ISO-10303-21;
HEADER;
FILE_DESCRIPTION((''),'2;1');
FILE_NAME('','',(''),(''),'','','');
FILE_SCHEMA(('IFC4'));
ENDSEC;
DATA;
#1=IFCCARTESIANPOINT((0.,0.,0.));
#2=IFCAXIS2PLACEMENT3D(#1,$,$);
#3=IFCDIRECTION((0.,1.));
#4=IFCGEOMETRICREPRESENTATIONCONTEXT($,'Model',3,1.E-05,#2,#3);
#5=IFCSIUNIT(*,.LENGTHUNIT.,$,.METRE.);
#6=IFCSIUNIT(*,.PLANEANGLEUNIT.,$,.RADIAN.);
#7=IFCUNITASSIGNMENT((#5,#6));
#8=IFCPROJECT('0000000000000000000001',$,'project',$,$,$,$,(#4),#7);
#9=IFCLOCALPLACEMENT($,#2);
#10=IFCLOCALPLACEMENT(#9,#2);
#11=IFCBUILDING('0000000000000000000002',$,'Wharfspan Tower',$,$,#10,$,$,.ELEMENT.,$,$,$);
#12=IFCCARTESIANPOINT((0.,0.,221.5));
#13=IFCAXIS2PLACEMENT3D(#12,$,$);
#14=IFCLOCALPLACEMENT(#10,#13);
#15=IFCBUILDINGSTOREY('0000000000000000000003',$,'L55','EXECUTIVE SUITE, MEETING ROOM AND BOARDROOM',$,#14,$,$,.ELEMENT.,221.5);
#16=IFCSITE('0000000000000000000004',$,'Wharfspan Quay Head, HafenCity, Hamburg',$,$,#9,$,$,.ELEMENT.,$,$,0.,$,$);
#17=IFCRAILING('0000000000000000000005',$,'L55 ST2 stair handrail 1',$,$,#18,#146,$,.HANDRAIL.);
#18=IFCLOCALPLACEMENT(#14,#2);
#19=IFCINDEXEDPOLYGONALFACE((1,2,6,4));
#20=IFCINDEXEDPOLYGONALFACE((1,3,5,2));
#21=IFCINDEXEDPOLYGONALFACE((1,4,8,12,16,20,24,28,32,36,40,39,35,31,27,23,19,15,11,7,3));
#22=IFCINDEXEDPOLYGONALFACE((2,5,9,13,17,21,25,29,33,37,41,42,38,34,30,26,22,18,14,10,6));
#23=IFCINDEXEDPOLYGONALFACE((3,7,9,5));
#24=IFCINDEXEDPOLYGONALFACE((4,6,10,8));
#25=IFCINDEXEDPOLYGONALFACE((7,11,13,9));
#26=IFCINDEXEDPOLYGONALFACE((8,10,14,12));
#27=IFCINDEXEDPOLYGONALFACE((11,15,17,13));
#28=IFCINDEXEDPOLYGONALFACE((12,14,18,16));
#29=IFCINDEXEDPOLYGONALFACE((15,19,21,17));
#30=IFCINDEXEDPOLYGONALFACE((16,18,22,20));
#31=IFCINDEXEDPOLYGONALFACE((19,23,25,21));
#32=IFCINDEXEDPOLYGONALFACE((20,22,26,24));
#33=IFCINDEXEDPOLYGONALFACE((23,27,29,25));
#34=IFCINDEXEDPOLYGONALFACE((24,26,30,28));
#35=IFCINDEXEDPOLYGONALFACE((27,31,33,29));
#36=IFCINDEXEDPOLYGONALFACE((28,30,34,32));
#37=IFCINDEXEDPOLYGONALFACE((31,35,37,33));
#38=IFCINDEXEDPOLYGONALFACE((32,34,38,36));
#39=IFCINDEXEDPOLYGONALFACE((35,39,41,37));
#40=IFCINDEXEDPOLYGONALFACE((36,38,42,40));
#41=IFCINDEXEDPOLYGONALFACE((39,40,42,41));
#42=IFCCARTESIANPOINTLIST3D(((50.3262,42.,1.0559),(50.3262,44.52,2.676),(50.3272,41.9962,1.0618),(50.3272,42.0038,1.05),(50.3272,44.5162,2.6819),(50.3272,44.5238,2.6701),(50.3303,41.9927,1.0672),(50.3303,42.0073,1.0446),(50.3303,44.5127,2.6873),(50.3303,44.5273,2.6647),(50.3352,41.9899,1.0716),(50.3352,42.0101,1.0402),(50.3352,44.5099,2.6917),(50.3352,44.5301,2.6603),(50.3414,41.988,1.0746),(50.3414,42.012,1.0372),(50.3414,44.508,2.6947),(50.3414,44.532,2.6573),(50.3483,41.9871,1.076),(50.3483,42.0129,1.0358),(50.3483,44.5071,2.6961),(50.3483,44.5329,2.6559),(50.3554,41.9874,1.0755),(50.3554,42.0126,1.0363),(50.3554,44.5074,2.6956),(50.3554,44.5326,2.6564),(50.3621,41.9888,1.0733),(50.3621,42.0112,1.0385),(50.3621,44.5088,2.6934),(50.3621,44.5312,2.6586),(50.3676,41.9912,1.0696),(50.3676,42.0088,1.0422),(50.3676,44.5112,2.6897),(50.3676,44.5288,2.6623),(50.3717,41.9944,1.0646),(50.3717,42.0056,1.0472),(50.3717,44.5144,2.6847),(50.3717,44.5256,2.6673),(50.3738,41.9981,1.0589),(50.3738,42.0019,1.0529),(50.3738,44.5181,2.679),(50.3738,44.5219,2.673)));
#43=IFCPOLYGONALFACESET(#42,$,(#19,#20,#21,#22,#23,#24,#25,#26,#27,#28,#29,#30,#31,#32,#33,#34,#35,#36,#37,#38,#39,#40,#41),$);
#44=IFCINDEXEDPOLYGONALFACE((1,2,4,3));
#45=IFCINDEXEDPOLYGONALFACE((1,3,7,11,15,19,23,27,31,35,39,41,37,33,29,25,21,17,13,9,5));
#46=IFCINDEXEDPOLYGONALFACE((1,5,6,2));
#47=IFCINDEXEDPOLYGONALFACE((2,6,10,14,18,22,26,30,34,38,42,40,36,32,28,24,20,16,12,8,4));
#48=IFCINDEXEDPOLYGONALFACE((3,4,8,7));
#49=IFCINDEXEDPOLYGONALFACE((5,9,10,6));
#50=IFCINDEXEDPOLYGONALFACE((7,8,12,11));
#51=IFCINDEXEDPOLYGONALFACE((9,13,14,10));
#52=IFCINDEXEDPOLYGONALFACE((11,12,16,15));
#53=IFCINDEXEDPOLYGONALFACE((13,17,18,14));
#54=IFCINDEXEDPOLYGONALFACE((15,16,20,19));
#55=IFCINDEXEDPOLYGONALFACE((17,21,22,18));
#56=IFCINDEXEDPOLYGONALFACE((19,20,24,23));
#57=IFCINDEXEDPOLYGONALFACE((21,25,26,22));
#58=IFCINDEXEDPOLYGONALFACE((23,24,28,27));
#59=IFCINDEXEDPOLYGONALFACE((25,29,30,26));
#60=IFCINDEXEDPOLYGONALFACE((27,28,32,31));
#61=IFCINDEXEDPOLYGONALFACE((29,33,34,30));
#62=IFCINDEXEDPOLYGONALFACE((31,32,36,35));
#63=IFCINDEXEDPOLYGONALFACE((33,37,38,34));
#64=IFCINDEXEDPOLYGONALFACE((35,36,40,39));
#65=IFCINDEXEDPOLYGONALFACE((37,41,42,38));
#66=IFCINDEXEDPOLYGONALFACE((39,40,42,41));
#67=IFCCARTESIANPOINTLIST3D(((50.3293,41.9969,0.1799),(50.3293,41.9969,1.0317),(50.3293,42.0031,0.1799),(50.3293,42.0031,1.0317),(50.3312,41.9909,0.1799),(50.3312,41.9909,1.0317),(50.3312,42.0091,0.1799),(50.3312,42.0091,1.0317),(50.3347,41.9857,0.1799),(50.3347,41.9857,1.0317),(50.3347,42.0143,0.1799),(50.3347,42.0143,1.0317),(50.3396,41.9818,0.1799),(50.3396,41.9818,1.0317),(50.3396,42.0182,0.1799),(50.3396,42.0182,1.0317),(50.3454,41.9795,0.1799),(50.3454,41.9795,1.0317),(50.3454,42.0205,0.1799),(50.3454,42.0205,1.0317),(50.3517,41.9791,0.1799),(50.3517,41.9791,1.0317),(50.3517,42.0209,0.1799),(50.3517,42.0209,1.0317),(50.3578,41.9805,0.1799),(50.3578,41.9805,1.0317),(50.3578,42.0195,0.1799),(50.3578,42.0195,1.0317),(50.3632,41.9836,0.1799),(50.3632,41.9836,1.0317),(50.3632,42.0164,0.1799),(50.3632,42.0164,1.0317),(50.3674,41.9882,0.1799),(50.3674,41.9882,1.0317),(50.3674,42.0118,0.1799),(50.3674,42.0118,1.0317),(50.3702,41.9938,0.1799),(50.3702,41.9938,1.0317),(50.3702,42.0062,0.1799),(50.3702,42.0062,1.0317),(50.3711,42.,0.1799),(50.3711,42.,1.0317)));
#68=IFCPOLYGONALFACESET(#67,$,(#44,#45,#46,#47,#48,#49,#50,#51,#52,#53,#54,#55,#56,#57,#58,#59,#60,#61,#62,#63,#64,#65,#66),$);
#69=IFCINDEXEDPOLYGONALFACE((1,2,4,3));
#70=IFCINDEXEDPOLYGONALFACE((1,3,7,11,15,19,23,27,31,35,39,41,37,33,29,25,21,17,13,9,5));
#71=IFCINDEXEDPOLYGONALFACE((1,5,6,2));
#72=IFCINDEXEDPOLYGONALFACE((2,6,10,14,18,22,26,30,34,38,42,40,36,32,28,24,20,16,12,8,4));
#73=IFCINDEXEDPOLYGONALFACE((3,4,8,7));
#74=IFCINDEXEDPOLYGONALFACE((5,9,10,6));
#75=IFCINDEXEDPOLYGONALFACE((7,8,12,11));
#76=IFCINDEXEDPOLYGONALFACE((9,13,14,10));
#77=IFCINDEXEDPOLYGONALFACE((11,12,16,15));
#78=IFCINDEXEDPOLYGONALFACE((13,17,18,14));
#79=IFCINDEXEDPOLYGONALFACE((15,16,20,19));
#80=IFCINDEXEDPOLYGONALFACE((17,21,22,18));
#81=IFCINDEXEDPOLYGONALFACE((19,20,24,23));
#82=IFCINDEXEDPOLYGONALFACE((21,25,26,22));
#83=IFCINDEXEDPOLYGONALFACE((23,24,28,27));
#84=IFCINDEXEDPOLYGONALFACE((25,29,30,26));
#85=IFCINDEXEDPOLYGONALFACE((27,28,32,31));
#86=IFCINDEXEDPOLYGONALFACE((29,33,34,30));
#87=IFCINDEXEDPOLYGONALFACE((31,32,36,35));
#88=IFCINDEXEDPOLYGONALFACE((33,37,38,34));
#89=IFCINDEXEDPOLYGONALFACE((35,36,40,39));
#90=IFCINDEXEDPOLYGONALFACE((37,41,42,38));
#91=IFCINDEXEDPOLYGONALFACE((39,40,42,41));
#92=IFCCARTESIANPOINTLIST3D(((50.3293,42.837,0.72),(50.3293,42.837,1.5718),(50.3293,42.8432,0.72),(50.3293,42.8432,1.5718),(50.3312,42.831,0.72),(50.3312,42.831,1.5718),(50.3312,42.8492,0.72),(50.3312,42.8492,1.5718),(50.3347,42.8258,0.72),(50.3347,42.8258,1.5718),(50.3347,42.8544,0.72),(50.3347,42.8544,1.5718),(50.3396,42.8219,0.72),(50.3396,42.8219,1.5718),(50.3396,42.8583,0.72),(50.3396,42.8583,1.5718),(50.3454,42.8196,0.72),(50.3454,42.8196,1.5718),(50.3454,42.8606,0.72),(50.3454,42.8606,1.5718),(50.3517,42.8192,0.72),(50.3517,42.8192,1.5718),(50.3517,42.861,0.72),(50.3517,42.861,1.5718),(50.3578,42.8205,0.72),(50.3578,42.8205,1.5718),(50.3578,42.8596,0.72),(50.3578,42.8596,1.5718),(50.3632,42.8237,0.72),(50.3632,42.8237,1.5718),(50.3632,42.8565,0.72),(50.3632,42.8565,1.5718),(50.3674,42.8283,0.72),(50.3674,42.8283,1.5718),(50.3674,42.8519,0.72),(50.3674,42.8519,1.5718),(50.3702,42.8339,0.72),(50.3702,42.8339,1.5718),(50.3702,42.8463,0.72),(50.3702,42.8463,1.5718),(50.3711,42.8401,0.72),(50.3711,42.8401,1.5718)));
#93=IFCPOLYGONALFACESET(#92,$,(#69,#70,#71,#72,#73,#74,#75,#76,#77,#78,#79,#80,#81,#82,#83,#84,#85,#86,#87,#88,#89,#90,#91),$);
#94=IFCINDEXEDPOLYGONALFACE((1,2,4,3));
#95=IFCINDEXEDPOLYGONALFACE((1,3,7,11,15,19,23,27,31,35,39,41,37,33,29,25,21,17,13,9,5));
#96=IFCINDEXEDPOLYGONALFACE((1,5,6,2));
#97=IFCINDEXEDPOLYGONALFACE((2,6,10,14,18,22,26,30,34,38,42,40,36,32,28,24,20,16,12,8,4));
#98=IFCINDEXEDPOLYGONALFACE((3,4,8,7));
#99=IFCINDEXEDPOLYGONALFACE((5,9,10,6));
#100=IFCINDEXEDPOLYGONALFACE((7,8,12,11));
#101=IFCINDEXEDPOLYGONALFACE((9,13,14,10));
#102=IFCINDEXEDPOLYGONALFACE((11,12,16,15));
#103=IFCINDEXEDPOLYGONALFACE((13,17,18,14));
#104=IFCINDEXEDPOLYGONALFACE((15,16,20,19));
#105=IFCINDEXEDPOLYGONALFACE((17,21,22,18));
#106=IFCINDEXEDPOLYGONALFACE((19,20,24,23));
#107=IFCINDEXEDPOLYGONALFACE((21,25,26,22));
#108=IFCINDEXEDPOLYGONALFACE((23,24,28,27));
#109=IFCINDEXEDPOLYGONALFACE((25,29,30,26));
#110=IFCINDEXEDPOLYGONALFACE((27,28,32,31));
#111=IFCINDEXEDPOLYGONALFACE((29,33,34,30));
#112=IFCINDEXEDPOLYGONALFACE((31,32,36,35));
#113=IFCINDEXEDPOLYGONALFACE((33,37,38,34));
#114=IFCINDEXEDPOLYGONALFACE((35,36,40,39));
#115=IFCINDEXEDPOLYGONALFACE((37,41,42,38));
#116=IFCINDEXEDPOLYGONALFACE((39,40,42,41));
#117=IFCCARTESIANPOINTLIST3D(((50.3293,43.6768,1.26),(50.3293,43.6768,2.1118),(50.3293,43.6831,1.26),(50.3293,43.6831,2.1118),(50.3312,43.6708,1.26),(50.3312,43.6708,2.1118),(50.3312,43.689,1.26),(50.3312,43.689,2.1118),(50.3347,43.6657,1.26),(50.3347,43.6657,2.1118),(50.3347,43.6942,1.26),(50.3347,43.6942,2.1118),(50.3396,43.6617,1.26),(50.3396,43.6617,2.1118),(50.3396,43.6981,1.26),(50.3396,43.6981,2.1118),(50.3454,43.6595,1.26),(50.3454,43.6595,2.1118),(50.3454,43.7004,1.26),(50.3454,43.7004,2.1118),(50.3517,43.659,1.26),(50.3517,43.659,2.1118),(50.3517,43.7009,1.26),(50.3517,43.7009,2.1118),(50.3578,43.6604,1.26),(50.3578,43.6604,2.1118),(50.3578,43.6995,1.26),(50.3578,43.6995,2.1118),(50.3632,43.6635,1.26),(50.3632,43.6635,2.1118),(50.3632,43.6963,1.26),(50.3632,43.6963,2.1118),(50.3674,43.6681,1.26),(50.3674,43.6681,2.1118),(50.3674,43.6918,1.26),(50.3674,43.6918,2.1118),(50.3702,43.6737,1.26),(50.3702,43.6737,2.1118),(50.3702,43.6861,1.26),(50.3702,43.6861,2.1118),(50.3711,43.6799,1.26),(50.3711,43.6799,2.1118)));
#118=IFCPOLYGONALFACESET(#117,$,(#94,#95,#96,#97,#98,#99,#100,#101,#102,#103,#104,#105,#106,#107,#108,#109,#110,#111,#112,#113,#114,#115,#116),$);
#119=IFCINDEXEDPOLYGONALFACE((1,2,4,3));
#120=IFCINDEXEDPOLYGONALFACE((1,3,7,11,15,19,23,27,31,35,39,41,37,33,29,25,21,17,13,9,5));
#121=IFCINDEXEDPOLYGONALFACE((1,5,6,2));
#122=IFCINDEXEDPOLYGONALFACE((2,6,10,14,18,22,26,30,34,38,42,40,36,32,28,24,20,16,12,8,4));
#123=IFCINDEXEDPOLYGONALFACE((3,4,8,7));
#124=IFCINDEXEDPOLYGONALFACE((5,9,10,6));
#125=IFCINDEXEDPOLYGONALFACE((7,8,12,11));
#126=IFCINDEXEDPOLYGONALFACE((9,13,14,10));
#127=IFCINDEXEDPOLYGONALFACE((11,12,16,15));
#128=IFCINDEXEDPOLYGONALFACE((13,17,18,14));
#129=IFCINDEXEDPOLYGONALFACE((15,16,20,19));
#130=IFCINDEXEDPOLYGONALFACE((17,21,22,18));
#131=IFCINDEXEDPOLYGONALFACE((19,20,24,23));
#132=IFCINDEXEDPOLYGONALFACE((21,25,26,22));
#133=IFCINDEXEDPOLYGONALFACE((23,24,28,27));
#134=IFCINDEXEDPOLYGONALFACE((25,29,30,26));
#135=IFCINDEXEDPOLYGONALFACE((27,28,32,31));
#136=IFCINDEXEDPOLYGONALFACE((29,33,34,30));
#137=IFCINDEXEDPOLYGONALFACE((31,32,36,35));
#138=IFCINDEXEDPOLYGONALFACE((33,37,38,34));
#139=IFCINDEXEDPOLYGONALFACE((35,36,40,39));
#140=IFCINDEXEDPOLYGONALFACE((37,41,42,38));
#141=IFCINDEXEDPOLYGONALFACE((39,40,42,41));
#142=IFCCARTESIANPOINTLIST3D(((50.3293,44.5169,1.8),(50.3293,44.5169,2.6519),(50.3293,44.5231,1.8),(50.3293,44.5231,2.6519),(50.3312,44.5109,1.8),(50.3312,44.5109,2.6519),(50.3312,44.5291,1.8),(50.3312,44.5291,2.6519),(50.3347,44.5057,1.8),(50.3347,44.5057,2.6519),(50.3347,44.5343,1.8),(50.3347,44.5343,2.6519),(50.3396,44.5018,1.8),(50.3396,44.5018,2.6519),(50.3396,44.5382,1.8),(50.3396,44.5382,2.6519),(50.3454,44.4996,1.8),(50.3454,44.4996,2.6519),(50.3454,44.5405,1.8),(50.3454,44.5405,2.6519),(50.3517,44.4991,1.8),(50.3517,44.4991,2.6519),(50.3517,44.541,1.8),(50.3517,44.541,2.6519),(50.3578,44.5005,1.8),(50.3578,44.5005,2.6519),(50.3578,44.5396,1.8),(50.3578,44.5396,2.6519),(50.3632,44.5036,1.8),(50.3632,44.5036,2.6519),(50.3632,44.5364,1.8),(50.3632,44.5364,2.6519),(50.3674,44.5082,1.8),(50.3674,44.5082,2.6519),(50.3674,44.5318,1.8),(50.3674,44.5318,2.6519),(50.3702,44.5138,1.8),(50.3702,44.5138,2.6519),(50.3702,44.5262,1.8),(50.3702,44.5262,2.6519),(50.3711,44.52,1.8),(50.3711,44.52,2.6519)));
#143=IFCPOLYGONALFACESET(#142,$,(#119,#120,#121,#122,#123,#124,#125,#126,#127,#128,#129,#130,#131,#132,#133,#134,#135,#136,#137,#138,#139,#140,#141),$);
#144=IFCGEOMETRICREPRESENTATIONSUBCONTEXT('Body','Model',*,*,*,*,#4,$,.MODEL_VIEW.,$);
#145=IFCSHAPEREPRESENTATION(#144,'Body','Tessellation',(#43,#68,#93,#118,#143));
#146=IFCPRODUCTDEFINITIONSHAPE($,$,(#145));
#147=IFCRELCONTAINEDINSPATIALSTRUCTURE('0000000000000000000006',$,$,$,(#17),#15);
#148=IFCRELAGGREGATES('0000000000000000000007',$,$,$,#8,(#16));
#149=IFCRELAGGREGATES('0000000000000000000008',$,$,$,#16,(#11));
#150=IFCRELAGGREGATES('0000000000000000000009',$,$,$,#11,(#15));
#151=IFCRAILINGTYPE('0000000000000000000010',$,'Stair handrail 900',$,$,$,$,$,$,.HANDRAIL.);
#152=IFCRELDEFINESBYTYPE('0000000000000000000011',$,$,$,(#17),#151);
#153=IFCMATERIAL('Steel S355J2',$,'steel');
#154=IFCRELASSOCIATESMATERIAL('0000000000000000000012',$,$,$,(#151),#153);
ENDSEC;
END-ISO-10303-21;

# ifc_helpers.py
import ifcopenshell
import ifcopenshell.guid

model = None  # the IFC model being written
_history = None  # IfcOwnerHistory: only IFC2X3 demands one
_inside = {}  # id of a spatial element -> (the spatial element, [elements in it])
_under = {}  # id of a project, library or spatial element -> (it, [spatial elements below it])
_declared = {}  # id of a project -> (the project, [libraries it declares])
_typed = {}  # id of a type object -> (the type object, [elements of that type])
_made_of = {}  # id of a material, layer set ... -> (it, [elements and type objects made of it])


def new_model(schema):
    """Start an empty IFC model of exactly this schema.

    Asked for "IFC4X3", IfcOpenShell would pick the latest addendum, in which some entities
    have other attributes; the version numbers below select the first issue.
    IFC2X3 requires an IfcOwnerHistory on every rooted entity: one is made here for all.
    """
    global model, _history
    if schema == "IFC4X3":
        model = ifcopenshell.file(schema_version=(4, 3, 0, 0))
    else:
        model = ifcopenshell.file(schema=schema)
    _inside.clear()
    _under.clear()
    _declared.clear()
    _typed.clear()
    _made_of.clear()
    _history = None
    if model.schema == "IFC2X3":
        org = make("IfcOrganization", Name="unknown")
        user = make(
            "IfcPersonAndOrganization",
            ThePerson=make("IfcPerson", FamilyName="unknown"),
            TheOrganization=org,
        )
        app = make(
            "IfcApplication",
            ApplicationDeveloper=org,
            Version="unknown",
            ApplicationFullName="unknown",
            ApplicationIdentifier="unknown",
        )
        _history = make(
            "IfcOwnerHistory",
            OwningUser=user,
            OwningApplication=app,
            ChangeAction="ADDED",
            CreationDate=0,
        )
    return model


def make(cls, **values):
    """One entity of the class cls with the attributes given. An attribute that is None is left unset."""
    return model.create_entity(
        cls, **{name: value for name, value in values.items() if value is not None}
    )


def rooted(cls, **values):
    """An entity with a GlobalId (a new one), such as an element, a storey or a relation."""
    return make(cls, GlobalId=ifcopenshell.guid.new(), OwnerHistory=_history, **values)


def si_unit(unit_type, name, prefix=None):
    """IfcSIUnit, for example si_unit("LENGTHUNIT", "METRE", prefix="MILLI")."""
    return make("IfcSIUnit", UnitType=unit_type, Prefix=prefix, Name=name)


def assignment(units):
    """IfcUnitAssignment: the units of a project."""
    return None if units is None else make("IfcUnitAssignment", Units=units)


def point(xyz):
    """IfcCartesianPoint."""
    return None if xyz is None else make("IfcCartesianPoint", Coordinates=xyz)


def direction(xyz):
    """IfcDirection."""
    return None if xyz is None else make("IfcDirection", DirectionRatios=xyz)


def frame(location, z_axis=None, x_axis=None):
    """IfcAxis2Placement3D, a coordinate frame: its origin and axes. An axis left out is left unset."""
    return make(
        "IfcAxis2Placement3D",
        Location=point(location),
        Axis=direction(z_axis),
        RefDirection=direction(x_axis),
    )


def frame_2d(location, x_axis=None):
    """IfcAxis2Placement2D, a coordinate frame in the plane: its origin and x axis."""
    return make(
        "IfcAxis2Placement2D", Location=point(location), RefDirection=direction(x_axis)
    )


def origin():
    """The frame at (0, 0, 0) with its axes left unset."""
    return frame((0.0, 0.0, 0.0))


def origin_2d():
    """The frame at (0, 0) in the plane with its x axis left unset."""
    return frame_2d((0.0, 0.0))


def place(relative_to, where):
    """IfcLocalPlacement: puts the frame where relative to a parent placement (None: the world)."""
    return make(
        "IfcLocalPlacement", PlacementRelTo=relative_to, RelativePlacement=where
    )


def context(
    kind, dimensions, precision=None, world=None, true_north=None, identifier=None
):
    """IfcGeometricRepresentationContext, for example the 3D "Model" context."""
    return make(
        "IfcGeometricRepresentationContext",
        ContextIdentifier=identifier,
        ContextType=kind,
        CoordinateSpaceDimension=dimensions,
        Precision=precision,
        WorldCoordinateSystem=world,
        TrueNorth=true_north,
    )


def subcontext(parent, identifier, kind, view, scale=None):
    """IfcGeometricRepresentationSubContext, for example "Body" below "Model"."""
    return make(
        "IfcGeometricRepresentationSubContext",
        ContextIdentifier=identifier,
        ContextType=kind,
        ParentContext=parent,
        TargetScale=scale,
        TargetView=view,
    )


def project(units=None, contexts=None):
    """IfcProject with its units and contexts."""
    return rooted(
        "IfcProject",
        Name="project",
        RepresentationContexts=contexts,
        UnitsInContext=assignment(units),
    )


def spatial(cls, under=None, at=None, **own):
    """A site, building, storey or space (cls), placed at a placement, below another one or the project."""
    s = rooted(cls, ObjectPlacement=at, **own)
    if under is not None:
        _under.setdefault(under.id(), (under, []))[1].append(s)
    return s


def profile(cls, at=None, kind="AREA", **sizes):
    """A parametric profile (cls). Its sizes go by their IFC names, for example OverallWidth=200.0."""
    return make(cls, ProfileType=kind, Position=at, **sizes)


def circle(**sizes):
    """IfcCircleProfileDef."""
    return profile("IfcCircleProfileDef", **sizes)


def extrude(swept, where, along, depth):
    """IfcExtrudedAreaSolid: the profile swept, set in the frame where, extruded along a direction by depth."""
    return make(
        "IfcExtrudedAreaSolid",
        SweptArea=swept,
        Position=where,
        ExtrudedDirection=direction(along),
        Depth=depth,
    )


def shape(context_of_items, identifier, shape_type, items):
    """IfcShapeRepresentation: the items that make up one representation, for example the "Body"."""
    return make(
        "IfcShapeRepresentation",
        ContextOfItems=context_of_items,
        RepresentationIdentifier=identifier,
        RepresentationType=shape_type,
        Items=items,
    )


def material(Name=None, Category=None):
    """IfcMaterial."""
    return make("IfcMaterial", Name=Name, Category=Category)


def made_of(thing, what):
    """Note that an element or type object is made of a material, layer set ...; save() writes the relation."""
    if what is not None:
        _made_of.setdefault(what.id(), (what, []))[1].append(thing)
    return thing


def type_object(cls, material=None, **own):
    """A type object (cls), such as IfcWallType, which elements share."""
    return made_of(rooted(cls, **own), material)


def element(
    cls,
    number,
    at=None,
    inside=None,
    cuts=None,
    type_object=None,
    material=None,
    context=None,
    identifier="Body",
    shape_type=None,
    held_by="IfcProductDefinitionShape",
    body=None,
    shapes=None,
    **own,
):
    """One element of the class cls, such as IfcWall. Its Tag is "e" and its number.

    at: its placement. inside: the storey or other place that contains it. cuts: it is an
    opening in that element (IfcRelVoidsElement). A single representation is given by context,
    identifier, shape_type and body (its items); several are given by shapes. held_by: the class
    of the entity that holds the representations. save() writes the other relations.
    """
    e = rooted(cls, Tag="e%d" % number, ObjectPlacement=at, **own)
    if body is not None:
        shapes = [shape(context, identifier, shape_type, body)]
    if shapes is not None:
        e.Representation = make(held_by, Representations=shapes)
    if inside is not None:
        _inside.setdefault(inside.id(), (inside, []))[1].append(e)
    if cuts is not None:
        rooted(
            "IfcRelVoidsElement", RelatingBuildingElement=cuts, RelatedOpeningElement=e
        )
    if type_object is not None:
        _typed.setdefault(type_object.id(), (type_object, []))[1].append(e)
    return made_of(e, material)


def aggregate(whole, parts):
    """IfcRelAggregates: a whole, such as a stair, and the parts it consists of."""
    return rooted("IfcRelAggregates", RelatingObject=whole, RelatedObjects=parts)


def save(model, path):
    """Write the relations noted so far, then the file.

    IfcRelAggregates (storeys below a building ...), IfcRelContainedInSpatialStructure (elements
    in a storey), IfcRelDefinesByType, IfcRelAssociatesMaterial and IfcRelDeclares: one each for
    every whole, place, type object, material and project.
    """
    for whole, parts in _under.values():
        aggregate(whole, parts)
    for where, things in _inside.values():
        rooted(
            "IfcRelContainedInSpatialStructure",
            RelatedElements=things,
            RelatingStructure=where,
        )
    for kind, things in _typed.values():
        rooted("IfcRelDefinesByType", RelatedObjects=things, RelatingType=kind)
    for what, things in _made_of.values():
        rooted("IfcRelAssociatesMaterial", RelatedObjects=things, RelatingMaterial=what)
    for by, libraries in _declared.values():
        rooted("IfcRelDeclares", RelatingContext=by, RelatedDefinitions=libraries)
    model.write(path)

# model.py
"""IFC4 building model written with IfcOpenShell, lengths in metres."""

from ifc_helpers import new_model, si_unit, direction, frame, origin, origin_2d, place, context, subcontext, project, spatial, circle, extrude, material, type_object, element, save


model = new_model("IFC4")

# Units and contexts
model_context = context("Model", 3, precision=1e-05, world=origin(), true_north=direction((0.0, 1.0)))
body_context = subcontext(model_context, "Body", "Model", "MODEL_VIEW")
ifc_project = project(units=[si_unit("LENGTHUNIT", "METRE"), si_unit("PLANEANGLEUNIT", "RADIAN")], contexts=[model_context])

# Site, building, storey
site_placement = place(None, origin())
site = spatial("IfcSite", under=ifc_project, at=site_placement, Name="Wharfspan Quay Head, HafenCity, Hamburg", CompositionType="ELEMENT", RefElevation=0.0)
building_placement = place(site_placement, origin())
building = spatial("IfcBuilding", under=site, at=building_placement, Name="Wharfspan Tower", CompositionType="ELEMENT")
storey_placement = place(building_placement, frame((0.0, 0.0, 221.5)))
storey = spatial("IfcBuildingStorey", under=building, at=storey_placement, Name="L55", Description="EXECUTIVE SUITE, MEETING ROOM AND BOARDROOM", CompositionType="ELEMENT", Elevation=221.5)

# Shared definitions
ifc_material_1 = material(Name="Steel S355J2", Category="steel")

# Railing
railing_type_1 = type_object("IfcRailingType", Name="Stair handrail 900", PredefinedType="HANDRAIL", material=ifc_material_1)
railing_1_placement = place(storey_placement, frame((50.3501, 42.0, 0.1799)))
element("IfcRailing", 1, at=railing_1_placement, inside=storey, type_object=railing_type_1, Name="L55 ST2 stair handrail 1", PredefinedType="HANDRAIL", context=body_context, shape_type="SweptSolid", body=[
    extrude(circle(Radius=0.0239, at=origin_2d()), frame((0.0, 0.0, 0.876), z_axis=(0.0, 0.841163, 0.540782), x_axis=(-1.0, 0.0, 0.0)), (0.0, 0.0, 1.0), 2.9958),
    extrude(circle(Radius=0.021, at=origin_2d()), origin(), (0.0, 0.0, 1.0), 0.8518),
    extrude(circle(Radius=0.021, at=origin_2d()), frame((0.0, 0.8401, 0.54)), (0.0, 0.0, 1.0), 0.8518),
    extrude(circle(Radius=0.021, at=origin_2d()), frame((0.0, 1.6799, 1.0801)), (0.0, 0.0, 1.0), 0.8518),
    extrude(circle(Radius=0.021, at=origin_2d()), frame((0.0, 2.52, 1.6201)), (0.0, 0.0, 1.0), 0.8518),
])

save(model, "model.ifc")
